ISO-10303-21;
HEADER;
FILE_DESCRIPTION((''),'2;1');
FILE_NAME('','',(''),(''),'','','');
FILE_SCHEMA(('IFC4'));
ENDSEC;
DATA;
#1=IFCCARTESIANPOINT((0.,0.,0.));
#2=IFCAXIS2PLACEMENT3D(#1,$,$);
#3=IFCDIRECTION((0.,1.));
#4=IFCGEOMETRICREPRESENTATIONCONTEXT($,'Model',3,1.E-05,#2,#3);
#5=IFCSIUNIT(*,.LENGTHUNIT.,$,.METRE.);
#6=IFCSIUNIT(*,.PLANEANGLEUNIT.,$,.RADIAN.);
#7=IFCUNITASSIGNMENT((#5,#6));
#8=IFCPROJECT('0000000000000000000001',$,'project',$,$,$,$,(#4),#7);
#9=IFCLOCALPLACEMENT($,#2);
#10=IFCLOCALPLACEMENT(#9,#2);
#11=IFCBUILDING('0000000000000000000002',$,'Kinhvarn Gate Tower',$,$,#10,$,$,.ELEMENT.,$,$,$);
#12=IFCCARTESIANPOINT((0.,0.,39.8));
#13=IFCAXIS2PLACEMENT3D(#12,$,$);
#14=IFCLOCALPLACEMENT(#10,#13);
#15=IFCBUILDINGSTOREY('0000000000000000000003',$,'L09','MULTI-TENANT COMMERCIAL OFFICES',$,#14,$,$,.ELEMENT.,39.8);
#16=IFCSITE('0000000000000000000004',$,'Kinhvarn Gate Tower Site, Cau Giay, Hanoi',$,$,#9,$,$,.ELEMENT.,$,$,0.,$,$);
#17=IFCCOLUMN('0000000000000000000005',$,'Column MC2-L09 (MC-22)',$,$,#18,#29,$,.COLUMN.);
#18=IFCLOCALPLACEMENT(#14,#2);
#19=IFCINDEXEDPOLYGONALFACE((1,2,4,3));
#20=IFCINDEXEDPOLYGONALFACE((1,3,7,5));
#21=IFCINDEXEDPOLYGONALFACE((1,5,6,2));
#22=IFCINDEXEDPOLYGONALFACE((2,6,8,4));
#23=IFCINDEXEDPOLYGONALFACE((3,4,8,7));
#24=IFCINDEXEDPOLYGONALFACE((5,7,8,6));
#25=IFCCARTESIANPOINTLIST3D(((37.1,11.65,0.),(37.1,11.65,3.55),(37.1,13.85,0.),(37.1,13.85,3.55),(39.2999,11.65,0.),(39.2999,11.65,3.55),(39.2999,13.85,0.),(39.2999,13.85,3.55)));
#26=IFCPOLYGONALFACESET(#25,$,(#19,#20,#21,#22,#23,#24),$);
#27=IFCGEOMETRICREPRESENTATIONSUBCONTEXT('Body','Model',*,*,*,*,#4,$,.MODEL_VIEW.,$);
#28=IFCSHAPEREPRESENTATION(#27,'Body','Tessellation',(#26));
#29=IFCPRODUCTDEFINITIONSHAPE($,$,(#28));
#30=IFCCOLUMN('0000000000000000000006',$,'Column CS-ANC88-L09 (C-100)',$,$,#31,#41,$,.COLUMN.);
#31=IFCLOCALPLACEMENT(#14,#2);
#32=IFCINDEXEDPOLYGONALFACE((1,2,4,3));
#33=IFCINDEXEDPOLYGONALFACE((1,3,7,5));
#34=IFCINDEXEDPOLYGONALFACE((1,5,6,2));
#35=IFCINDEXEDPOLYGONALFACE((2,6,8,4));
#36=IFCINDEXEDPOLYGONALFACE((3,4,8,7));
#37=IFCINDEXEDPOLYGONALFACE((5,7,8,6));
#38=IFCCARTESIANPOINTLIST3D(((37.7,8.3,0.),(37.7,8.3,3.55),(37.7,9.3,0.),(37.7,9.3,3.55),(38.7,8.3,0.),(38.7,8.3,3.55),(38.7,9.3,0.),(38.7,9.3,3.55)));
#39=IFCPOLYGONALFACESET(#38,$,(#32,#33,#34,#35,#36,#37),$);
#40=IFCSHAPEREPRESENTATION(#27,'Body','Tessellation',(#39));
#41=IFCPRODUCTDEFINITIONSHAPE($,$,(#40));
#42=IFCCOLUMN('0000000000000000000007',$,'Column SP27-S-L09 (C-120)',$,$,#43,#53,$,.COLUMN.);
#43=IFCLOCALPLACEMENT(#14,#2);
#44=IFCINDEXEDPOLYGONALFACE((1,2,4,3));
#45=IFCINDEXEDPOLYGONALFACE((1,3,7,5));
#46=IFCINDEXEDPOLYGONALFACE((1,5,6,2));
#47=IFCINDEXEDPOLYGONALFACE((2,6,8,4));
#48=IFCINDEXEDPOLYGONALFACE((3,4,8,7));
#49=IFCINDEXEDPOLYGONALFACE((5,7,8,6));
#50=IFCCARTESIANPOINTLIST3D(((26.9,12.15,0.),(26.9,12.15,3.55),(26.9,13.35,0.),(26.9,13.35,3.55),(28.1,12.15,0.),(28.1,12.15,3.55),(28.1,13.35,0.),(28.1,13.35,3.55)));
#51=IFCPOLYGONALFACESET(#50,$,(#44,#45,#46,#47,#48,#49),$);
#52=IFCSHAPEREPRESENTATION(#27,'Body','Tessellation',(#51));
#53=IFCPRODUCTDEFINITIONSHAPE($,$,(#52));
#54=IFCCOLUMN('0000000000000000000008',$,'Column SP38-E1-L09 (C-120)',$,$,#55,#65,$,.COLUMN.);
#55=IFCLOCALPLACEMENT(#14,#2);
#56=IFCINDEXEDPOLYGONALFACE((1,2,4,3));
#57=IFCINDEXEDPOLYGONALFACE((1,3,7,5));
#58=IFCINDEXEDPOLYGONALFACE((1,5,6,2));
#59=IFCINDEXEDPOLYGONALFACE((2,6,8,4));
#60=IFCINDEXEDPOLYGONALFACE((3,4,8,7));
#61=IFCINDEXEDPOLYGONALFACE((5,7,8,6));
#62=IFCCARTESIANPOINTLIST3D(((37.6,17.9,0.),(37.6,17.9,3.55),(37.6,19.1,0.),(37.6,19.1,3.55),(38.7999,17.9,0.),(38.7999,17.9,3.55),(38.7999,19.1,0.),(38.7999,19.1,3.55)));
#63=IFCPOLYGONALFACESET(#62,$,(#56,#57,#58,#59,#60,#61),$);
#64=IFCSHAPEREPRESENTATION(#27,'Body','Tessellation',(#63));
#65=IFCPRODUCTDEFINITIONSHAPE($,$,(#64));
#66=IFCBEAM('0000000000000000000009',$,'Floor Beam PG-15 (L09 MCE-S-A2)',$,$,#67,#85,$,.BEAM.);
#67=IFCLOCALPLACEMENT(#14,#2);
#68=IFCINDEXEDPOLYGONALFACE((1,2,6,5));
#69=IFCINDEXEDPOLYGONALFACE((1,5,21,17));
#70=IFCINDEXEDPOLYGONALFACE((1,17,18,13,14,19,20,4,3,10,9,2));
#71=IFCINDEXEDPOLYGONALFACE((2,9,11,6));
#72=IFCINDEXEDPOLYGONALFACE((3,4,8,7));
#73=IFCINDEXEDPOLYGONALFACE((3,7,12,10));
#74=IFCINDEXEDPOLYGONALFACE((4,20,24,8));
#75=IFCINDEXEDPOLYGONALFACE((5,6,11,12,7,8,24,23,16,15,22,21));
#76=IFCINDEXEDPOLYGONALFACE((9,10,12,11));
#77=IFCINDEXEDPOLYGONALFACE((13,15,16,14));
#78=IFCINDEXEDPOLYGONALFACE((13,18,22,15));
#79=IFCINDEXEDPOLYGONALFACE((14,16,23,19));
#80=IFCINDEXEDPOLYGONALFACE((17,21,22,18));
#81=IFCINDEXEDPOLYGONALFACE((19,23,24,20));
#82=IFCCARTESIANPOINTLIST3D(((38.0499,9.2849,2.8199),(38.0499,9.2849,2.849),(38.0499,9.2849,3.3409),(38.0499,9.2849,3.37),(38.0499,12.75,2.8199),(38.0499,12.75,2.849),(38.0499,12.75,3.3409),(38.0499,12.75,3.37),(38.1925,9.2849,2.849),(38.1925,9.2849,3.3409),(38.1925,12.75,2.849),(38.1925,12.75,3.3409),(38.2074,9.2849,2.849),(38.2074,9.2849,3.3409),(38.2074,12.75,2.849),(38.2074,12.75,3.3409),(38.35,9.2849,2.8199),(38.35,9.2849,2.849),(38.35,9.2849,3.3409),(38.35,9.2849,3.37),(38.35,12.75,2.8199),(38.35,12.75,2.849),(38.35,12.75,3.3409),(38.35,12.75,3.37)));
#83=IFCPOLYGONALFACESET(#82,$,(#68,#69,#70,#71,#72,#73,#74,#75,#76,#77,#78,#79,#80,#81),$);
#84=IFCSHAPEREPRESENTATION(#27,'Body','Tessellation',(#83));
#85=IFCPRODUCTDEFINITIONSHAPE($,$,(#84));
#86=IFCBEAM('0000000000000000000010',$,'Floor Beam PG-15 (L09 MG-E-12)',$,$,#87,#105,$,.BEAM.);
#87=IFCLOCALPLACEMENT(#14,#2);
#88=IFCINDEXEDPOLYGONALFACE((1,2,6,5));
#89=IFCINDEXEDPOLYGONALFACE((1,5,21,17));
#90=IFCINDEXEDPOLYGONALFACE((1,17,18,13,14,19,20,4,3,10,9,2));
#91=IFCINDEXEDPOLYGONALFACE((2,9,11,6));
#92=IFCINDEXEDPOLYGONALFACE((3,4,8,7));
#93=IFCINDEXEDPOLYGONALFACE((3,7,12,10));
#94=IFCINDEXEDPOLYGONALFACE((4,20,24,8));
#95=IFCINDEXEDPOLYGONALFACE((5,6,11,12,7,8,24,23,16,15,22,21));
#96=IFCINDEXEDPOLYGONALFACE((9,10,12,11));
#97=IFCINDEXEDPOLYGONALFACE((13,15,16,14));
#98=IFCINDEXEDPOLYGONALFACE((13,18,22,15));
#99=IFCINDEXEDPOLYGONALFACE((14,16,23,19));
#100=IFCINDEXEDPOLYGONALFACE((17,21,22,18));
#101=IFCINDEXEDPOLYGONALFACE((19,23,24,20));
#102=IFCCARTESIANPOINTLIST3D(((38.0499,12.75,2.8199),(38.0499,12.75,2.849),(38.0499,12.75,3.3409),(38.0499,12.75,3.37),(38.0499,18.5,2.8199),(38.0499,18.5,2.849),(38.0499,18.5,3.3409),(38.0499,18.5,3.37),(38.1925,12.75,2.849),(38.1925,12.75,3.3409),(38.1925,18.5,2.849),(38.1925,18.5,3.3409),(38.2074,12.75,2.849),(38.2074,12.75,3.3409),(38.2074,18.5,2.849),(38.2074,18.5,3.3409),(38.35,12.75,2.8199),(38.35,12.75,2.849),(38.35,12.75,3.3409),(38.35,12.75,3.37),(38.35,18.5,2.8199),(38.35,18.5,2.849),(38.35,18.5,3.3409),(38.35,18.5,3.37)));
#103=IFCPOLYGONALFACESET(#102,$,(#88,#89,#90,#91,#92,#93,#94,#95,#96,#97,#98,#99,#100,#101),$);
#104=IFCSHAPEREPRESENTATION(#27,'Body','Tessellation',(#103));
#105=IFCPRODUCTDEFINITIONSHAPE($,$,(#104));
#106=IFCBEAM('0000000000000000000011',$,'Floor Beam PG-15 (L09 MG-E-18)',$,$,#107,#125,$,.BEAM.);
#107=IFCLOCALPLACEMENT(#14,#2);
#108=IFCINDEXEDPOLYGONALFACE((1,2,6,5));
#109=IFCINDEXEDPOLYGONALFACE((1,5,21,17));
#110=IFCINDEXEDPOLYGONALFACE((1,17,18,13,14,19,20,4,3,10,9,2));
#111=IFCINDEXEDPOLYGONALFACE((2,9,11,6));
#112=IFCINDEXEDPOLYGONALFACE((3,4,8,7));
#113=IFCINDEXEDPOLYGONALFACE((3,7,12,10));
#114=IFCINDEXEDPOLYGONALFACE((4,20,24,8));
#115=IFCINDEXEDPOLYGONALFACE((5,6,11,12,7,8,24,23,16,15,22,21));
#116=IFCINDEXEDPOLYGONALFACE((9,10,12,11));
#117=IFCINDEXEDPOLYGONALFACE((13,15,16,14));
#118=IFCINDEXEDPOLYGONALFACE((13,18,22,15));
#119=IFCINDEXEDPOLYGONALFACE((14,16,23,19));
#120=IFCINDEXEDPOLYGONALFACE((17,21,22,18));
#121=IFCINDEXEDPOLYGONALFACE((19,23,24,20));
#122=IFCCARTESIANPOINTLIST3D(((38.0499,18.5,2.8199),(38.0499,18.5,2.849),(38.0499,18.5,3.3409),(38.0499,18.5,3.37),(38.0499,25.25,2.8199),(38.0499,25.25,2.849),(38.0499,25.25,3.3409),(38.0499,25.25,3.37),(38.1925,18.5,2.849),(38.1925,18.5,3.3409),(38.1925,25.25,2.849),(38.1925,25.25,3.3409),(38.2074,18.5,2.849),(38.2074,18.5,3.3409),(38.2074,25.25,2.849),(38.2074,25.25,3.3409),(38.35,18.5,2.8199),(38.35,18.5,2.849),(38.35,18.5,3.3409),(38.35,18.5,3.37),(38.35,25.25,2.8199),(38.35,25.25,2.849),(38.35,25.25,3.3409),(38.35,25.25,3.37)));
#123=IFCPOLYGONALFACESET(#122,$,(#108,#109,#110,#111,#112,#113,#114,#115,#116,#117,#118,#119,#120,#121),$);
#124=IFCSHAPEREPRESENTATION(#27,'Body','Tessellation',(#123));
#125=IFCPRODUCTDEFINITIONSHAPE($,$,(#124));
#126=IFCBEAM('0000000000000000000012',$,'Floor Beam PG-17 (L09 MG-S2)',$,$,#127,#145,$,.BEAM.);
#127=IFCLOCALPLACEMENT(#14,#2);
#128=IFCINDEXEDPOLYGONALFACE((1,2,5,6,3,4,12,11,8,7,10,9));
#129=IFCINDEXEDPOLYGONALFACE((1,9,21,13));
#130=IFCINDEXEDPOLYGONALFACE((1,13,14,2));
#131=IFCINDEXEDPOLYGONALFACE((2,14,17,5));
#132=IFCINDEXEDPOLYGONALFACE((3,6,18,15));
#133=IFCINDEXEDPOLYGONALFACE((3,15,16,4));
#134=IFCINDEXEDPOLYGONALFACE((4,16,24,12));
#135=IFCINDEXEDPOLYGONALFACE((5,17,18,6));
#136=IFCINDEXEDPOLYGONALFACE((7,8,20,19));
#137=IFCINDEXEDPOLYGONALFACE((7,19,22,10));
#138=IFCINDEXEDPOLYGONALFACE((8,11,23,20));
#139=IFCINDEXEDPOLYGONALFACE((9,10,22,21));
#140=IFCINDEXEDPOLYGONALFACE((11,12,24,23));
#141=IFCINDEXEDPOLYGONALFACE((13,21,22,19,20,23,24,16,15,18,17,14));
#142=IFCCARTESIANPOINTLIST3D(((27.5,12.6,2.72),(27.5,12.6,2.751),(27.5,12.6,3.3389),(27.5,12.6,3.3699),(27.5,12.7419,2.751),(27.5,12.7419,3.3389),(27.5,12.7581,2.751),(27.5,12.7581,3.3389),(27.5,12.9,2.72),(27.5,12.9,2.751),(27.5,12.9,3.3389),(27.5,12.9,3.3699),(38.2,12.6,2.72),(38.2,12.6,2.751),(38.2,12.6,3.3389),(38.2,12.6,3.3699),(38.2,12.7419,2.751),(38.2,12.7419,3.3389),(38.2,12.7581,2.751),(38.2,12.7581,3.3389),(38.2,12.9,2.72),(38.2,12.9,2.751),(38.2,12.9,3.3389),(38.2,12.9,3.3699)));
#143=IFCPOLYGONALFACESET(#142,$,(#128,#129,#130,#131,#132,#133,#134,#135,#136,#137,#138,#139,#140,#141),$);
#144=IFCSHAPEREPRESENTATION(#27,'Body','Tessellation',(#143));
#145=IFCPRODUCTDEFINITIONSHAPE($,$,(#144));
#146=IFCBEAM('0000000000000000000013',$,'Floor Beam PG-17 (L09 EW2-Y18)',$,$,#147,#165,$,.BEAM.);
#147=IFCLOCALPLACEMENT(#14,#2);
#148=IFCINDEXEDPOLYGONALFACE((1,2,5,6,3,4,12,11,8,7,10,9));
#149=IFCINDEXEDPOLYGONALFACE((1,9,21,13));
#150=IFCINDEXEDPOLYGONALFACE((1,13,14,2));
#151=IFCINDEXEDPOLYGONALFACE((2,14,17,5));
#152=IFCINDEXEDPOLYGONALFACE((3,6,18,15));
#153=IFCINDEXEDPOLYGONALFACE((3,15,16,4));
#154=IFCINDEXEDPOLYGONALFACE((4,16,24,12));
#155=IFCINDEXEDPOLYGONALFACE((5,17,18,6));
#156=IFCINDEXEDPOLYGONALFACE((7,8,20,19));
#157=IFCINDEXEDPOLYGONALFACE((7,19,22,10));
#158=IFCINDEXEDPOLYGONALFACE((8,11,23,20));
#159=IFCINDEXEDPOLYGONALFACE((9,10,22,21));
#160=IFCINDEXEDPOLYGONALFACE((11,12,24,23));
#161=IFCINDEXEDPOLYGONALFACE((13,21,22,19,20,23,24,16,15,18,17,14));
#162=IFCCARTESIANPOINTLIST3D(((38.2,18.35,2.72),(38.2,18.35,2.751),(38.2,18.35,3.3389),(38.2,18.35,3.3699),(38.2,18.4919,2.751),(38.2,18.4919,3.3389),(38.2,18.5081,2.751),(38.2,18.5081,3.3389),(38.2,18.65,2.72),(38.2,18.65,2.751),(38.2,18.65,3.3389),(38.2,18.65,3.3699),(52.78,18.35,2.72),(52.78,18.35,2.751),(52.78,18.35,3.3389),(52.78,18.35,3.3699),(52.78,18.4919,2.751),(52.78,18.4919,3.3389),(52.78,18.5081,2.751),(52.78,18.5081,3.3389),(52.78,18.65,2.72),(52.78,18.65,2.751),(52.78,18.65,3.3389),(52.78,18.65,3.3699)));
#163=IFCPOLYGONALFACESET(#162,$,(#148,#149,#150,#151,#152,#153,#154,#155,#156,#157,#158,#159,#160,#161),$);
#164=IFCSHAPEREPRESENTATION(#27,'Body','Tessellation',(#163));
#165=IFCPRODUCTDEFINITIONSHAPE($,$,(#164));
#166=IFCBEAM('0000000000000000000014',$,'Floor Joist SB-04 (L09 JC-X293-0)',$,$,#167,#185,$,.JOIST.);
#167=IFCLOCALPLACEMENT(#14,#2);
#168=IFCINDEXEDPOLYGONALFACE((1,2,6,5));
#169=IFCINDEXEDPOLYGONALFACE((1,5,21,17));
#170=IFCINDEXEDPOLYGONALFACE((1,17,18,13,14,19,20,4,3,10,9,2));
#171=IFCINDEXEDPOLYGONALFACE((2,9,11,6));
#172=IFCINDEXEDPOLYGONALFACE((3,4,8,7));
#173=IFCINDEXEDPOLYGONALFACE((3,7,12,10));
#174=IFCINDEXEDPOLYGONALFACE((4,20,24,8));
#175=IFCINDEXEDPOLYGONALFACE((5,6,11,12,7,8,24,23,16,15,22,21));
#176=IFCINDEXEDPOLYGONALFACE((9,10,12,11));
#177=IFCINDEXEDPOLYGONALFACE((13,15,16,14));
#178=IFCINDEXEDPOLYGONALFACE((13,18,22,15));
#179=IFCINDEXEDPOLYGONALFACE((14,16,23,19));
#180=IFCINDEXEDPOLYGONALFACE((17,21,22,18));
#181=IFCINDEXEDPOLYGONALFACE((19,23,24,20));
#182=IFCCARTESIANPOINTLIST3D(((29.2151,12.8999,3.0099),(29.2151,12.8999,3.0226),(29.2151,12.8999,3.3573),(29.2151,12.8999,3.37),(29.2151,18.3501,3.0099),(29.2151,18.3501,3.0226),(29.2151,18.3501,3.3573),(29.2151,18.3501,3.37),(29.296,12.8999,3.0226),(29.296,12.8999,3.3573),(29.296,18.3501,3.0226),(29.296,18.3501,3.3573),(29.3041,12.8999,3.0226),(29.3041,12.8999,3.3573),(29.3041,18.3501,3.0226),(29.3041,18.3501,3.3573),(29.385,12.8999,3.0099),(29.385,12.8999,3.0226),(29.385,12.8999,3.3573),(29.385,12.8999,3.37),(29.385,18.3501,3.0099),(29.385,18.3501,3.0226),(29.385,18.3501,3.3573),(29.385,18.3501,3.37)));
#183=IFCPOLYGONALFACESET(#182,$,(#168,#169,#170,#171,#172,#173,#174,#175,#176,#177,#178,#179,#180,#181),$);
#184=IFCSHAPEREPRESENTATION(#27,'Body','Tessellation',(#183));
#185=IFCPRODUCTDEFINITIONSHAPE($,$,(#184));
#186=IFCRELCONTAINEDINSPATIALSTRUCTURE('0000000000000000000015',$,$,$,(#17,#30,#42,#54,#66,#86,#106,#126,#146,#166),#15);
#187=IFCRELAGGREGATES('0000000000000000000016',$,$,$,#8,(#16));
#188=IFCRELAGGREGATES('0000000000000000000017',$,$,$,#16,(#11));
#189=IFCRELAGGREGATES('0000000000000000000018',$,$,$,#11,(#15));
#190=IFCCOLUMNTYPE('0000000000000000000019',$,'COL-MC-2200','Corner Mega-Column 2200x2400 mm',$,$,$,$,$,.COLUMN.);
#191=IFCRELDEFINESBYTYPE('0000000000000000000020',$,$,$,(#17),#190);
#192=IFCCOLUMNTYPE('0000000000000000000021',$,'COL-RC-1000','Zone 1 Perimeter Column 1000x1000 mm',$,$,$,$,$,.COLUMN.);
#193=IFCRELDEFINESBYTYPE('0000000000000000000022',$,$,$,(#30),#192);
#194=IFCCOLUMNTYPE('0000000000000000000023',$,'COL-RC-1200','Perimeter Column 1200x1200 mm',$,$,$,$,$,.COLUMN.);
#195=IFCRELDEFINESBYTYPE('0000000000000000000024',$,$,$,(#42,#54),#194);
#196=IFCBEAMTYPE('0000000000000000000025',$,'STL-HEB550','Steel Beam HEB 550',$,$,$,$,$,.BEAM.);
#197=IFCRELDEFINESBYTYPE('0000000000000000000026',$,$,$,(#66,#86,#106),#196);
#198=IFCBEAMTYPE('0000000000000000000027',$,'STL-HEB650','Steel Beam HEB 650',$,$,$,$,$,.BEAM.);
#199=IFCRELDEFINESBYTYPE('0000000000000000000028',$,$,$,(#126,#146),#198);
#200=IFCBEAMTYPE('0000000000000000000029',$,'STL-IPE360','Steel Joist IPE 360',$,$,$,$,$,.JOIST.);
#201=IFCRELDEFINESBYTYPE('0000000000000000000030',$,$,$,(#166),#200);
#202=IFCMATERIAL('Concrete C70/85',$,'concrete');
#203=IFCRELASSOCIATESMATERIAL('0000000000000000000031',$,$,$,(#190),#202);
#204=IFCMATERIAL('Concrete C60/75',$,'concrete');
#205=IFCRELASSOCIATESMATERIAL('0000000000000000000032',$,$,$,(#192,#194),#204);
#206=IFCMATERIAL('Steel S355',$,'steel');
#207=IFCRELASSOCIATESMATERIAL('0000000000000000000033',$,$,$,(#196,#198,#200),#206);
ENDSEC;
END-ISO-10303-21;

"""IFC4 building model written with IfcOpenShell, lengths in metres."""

from ifc_helpers import new_model, si_unit, direction, frame, origin, origin_2d, place, context, subcontext, project, spatial, rectangle, i_section, extrude, material, material_profile, profile_set, type_object, element, save


model = new_model("IFC4")

# Units and contexts
model_context = context("Model", 3, precision=1e-05, world=origin(), true_north=direction((0.0, 1.0)))
body_context = subcontext(model_context, "Body", "Model", "MODEL_VIEW")
ifc_project = project(units=[si_unit("LENGTHUNIT", "METRE"), si_unit("PLANEANGLEUNIT", "RADIAN")], contexts=[model_context])

# Site, building, storey
site_placement = place(None, origin())
site = spatial("IfcSite", under=ifc_project, at=site_placement, Name="Kinhvarn Gate Tower Site, Cau Giay, Hanoi", CompositionType="ELEMENT", RefElevation=0.0)
building_placement = place(site_placement, origin())
building = spatial("IfcBuilding", under=site, at=building_placement, Name="Kinhvarn Gate Tower", CompositionType="ELEMENT")
storey_placement = place(building_placement, frame((0.0, 0.0, 39.8)))
storey = spatial("IfcBuildingStorey", under=building, at=storey_placement, Name="L09", Description="MULTI-TENANT COMMERCIAL OFFICES", CompositionType="ELEMENT", Elevation=39.8)

# Columns
ifc_material_1 = material(Name="Concrete C70/85", Category="concrete")
ifc_material_profile_1 = material_profile(ifc_material_1, rectangle(XDim=2.2, YDim=2.2, at=origin_2d()), Name="RC 2200x2200")
ifc_profile_set_1 = profile_set([ifc_material_profile_1], Name="Concrete C70/85")
column_type_1 = type_object("IfcColumnType", Name="COL-MC-2200", Description="Corner Mega-Column 2200x2400 mm", PredefinedType="COLUMN", material=ifc_profile_set_1)
column_1_placement = place(storey_placement, frame((38.2, 12.75, 0.0), z_axis=(0.0, 0.0, 1.0), x_axis=(1.0, 0.0, 0.0)))
element("IfcColumn", 1, at=column_1_placement, inside=storey, type_object=column_type_1, Name="Column MC2-L09 (MC-22)", PredefinedType="COLUMN", context=body_context, shape_type="SweptSolid", body=[
    extrude(rectangle(XDim=2.2, YDim=2.2, at=origin_2d()), origin(), (0.0, 0.0, 1.0), 3.55),
])
ifc_material_2 = material(Name="Concrete C60/75", Category="concrete")
ifc_material_profile_2 = material_profile(ifc_material_2, rectangle(XDim=1.0, YDim=1.0, at=origin_2d()), Name="RC 1000x1000")
ifc_profile_set_2 = profile_set([ifc_material_profile_2], Name="Concrete C60/75")
column_type_2 = type_object("IfcColumnType", Name="COL-RC-1000", Description="Zone 1 Perimeter Column 1000x1000 mm", PredefinedType="COLUMN", material=ifc_profile_set_2)
column_2_placement = place(storey_placement, frame((38.2, 8.8, 0.0), z_axis=(0.0, 0.0, 1.0), x_axis=(1.0, 0.0, 0.0)))
element("IfcColumn", 2, at=column_2_placement, inside=storey, type_object=column_type_2, Name="Column CS-ANC88-L09 (C-100)", PredefinedType="COLUMN", context=body_context, shape_type="SweptSolid", body=[
    extrude(rectangle(XDim=1.0, YDim=1.0, at=origin_2d()), origin(), (0.0, 0.0, 1.0), 3.55),
])
ifc_material_profile_3 = material_profile(ifc_material_2, rectangle(XDim=1.2, YDim=1.2, at=origin_2d()), Name="RC 1200x1200")
ifc_profile_set_3 = profile_set([ifc_material_profile_3], Name="Concrete C60/75")
column_type_3 = type_object("IfcColumnType", Name="COL-RC-1200", Description="Perimeter Column 1200x1200 mm", PredefinedType="COLUMN", material=ifc_profile_set_3)
for number, where, z_axis, x_axis, name in (
    (3, (27.5, 12.75, 0.0), (0.0, 0.0, 1.0), (1.0, 0.0, 0.0), "Column SP27-S-L09 (C-120)"),
    (4, (38.2, 18.5, 0.0), (0.0, 0.0, 1.0), (1.0, 0.0, 0.0), "Column SP38-E1-L09 (C-120)"),
):
    element("IfcColumn", number, at=place(storey_placement, frame(where, z_axis=z_axis, x_axis=x_axis)), inside=storey, type_object=column_type_3, Name=name, PredefinedType="COLUMN", context=body_context, shape_type="SweptSolid", body=[
        extrude(rectangle(XDim=1.2, YDim=1.2, at=origin_2d()), origin(), (0.0, 0.0, 1.0), 3.55),
    ])

# Beams
ifc_material_3 = material(Name="Steel S355", Category="steel")
ifc_material_profile_4 = material_profile(ifc_material_3, i_section(OverallWidth=0.3, OverallDepth=0.55, WebThickness=0.0149, FlangeThickness=0.0291, at=origin_2d()), Name="HEB 550")
ifc_profile_set_4 = profile_set([ifc_material_profile_4], Name="Steel S355")
beam_type_1 = type_object("IfcBeamType", Name="STL-HEB550", Description="Steel Beam HEB 550", PredefinedType="BEAM", material=ifc_profile_set_4)
beam_1_placement = place(storey_placement, frame((38.2, 9.2849, 3.095), z_axis=(0.0, 1.0, 0.0), x_axis=(-1.0, 0.0, 0.0)))
element("IfcBeam", 5, at=beam_1_placement, inside=storey, type_object=beam_type_1, Name="Floor Beam PG-15 (L09 MCE-S-A2)", PredefinedType="BEAM", context=body_context, shape_type="SweptSolid", body=[
    extrude(i_section(OverallWidth=0.3, OverallDepth=0.55, WebThickness=0.0149, FlangeThickness=0.0291, at=origin_2d()), origin(), (0.0, 0.0, 1.0), 3.4651),
])
beam_2_placement = place(storey_placement, frame((38.2, 12.75, 3.095), z_axis=(0.0, 1.0, 0.0), x_axis=(-1.0, 0.0, 0.0)))
element("IfcBeam", 6, at=beam_2_placement, inside=storey, type_object=beam_type_1, Name="Floor Beam PG-15 (L09 MG-E-12)", PredefinedType="BEAM", context=body_context, shape_type="SweptSolid", body=[
    extrude(i_section(OverallWidth=0.3, OverallDepth=0.55, WebThickness=0.0149, FlangeThickness=0.0291, at=origin_2d()), origin(), (0.0, 0.0, 1.0), 5.75),
])
beam_3_placement = place(storey_placement, frame((38.2, 18.5, 3.095), z_axis=(0.0, 1.0, 0.0), x_axis=(-1.0, 0.0, 0.0)))
element("IfcBeam", 7, at=beam_3_placement, inside=storey, type_object=beam_type_1, Name="Floor Beam PG-15 (L09 MG-E-18)", PredefinedType="BEAM", context=body_context, shape_type="SweptSolid", body=[
    extrude(i_section(OverallWidth=0.3, OverallDepth=0.55, WebThickness=0.0149, FlangeThickness=0.0291, at=origin_2d()), origin(), (0.0, 0.0, 1.0), 6.75),
])
ifc_material_profile_5 = material_profile(ifc_material_3, i_section(OverallWidth=0.3, OverallDepth=0.6499, WebThickness=0.0161, FlangeThickness=0.031, at=origin_2d()), Name="HEB 650")
ifc_profile_set_5 = profile_set([ifc_material_profile_5], Name="Steel S355")
beam_type_2 = type_object("IfcBeamType", Name="STL-HEB650", Description="Steel Beam HEB 650", PredefinedType="BEAM", material=ifc_profile_set_5)
beam_4_placement = place(storey_placement, frame((27.5, 12.75, 3.0449), z_axis=(1.0, 0.0, 0.0), x_axis=(0.0, 1.0, 0.0)))
element("IfcBeam", 8, at=beam_4_placement, inside=storey, type_object=beam_type_2, Name="Floor Beam PG-17 (L09 MG-S2)", PredefinedType="BEAM", context=body_context, shape_type="SweptSolid", body=[
    extrude(i_section(OverallWidth=0.3, OverallDepth=0.6499, WebThickness=0.0161, FlangeThickness=0.031, at=origin_2d()), origin(), (0.0, 0.0, 1.0), 10.7),
])
beam_5_placement = place(storey_placement, frame((38.2, 18.5, 3.0449), z_axis=(1.0, 0.0, 0.0), x_axis=(0.0, 1.0, 0.0)))
element("IfcBeam", 9, at=beam_5_placement, inside=storey, type_object=beam_type_2, Name="Floor Beam PG-17 (L09 EW2-Y18)", PredefinedType="BEAM", context=body_context, shape_type="SweptSolid", body=[
    extrude(i_section(OverallWidth=0.3, OverallDepth=0.6499, WebThickness=0.0161, FlangeThickness=0.031, at=origin_2d()), origin(), (0.0, 0.0, 1.0), 14.5801),
])
ifc_material_profile_6 = material_profile(ifc_material_3, i_section(OverallWidth=0.1699, OverallDepth=0.3601, WebThickness=0.0081, FlangeThickness=0.0127, at=origin_2d()), Name="IPE 360")
ifc_profile_set_6 = profile_set([ifc_material_profile_6], Name="Steel S355")
beam_type_3 = type_object("IfcBeamType", Name="STL-IPE360", Description="Steel Joist IPE 360", PredefinedType="JOIST", material=ifc_profile_set_6)
beam_6_placement = place(storey_placement, frame((29.3, 12.8999, 3.1899), z_axis=(0.0, 1.0, 0.0), x_axis=(-1.0, 0.0, 0.0)))
element("IfcBeam", 10, at=beam_6_placement, inside=storey, type_object=beam_type_3, Name="Floor Joist SB-04 (L09 JC-X293-0)", PredefinedType="JOIST", context=body_context, shape_type="SweptSolid", body=[
    extrude(i_section(OverallWidth=0.1699, OverallDepth=0.3601, WebThickness=0.0081, FlangeThickness=0.0127, at=origin_2d()), origin(), (0.0, 0.0, 1.0), 5.4502),
])

save(model, "model.ifc")
